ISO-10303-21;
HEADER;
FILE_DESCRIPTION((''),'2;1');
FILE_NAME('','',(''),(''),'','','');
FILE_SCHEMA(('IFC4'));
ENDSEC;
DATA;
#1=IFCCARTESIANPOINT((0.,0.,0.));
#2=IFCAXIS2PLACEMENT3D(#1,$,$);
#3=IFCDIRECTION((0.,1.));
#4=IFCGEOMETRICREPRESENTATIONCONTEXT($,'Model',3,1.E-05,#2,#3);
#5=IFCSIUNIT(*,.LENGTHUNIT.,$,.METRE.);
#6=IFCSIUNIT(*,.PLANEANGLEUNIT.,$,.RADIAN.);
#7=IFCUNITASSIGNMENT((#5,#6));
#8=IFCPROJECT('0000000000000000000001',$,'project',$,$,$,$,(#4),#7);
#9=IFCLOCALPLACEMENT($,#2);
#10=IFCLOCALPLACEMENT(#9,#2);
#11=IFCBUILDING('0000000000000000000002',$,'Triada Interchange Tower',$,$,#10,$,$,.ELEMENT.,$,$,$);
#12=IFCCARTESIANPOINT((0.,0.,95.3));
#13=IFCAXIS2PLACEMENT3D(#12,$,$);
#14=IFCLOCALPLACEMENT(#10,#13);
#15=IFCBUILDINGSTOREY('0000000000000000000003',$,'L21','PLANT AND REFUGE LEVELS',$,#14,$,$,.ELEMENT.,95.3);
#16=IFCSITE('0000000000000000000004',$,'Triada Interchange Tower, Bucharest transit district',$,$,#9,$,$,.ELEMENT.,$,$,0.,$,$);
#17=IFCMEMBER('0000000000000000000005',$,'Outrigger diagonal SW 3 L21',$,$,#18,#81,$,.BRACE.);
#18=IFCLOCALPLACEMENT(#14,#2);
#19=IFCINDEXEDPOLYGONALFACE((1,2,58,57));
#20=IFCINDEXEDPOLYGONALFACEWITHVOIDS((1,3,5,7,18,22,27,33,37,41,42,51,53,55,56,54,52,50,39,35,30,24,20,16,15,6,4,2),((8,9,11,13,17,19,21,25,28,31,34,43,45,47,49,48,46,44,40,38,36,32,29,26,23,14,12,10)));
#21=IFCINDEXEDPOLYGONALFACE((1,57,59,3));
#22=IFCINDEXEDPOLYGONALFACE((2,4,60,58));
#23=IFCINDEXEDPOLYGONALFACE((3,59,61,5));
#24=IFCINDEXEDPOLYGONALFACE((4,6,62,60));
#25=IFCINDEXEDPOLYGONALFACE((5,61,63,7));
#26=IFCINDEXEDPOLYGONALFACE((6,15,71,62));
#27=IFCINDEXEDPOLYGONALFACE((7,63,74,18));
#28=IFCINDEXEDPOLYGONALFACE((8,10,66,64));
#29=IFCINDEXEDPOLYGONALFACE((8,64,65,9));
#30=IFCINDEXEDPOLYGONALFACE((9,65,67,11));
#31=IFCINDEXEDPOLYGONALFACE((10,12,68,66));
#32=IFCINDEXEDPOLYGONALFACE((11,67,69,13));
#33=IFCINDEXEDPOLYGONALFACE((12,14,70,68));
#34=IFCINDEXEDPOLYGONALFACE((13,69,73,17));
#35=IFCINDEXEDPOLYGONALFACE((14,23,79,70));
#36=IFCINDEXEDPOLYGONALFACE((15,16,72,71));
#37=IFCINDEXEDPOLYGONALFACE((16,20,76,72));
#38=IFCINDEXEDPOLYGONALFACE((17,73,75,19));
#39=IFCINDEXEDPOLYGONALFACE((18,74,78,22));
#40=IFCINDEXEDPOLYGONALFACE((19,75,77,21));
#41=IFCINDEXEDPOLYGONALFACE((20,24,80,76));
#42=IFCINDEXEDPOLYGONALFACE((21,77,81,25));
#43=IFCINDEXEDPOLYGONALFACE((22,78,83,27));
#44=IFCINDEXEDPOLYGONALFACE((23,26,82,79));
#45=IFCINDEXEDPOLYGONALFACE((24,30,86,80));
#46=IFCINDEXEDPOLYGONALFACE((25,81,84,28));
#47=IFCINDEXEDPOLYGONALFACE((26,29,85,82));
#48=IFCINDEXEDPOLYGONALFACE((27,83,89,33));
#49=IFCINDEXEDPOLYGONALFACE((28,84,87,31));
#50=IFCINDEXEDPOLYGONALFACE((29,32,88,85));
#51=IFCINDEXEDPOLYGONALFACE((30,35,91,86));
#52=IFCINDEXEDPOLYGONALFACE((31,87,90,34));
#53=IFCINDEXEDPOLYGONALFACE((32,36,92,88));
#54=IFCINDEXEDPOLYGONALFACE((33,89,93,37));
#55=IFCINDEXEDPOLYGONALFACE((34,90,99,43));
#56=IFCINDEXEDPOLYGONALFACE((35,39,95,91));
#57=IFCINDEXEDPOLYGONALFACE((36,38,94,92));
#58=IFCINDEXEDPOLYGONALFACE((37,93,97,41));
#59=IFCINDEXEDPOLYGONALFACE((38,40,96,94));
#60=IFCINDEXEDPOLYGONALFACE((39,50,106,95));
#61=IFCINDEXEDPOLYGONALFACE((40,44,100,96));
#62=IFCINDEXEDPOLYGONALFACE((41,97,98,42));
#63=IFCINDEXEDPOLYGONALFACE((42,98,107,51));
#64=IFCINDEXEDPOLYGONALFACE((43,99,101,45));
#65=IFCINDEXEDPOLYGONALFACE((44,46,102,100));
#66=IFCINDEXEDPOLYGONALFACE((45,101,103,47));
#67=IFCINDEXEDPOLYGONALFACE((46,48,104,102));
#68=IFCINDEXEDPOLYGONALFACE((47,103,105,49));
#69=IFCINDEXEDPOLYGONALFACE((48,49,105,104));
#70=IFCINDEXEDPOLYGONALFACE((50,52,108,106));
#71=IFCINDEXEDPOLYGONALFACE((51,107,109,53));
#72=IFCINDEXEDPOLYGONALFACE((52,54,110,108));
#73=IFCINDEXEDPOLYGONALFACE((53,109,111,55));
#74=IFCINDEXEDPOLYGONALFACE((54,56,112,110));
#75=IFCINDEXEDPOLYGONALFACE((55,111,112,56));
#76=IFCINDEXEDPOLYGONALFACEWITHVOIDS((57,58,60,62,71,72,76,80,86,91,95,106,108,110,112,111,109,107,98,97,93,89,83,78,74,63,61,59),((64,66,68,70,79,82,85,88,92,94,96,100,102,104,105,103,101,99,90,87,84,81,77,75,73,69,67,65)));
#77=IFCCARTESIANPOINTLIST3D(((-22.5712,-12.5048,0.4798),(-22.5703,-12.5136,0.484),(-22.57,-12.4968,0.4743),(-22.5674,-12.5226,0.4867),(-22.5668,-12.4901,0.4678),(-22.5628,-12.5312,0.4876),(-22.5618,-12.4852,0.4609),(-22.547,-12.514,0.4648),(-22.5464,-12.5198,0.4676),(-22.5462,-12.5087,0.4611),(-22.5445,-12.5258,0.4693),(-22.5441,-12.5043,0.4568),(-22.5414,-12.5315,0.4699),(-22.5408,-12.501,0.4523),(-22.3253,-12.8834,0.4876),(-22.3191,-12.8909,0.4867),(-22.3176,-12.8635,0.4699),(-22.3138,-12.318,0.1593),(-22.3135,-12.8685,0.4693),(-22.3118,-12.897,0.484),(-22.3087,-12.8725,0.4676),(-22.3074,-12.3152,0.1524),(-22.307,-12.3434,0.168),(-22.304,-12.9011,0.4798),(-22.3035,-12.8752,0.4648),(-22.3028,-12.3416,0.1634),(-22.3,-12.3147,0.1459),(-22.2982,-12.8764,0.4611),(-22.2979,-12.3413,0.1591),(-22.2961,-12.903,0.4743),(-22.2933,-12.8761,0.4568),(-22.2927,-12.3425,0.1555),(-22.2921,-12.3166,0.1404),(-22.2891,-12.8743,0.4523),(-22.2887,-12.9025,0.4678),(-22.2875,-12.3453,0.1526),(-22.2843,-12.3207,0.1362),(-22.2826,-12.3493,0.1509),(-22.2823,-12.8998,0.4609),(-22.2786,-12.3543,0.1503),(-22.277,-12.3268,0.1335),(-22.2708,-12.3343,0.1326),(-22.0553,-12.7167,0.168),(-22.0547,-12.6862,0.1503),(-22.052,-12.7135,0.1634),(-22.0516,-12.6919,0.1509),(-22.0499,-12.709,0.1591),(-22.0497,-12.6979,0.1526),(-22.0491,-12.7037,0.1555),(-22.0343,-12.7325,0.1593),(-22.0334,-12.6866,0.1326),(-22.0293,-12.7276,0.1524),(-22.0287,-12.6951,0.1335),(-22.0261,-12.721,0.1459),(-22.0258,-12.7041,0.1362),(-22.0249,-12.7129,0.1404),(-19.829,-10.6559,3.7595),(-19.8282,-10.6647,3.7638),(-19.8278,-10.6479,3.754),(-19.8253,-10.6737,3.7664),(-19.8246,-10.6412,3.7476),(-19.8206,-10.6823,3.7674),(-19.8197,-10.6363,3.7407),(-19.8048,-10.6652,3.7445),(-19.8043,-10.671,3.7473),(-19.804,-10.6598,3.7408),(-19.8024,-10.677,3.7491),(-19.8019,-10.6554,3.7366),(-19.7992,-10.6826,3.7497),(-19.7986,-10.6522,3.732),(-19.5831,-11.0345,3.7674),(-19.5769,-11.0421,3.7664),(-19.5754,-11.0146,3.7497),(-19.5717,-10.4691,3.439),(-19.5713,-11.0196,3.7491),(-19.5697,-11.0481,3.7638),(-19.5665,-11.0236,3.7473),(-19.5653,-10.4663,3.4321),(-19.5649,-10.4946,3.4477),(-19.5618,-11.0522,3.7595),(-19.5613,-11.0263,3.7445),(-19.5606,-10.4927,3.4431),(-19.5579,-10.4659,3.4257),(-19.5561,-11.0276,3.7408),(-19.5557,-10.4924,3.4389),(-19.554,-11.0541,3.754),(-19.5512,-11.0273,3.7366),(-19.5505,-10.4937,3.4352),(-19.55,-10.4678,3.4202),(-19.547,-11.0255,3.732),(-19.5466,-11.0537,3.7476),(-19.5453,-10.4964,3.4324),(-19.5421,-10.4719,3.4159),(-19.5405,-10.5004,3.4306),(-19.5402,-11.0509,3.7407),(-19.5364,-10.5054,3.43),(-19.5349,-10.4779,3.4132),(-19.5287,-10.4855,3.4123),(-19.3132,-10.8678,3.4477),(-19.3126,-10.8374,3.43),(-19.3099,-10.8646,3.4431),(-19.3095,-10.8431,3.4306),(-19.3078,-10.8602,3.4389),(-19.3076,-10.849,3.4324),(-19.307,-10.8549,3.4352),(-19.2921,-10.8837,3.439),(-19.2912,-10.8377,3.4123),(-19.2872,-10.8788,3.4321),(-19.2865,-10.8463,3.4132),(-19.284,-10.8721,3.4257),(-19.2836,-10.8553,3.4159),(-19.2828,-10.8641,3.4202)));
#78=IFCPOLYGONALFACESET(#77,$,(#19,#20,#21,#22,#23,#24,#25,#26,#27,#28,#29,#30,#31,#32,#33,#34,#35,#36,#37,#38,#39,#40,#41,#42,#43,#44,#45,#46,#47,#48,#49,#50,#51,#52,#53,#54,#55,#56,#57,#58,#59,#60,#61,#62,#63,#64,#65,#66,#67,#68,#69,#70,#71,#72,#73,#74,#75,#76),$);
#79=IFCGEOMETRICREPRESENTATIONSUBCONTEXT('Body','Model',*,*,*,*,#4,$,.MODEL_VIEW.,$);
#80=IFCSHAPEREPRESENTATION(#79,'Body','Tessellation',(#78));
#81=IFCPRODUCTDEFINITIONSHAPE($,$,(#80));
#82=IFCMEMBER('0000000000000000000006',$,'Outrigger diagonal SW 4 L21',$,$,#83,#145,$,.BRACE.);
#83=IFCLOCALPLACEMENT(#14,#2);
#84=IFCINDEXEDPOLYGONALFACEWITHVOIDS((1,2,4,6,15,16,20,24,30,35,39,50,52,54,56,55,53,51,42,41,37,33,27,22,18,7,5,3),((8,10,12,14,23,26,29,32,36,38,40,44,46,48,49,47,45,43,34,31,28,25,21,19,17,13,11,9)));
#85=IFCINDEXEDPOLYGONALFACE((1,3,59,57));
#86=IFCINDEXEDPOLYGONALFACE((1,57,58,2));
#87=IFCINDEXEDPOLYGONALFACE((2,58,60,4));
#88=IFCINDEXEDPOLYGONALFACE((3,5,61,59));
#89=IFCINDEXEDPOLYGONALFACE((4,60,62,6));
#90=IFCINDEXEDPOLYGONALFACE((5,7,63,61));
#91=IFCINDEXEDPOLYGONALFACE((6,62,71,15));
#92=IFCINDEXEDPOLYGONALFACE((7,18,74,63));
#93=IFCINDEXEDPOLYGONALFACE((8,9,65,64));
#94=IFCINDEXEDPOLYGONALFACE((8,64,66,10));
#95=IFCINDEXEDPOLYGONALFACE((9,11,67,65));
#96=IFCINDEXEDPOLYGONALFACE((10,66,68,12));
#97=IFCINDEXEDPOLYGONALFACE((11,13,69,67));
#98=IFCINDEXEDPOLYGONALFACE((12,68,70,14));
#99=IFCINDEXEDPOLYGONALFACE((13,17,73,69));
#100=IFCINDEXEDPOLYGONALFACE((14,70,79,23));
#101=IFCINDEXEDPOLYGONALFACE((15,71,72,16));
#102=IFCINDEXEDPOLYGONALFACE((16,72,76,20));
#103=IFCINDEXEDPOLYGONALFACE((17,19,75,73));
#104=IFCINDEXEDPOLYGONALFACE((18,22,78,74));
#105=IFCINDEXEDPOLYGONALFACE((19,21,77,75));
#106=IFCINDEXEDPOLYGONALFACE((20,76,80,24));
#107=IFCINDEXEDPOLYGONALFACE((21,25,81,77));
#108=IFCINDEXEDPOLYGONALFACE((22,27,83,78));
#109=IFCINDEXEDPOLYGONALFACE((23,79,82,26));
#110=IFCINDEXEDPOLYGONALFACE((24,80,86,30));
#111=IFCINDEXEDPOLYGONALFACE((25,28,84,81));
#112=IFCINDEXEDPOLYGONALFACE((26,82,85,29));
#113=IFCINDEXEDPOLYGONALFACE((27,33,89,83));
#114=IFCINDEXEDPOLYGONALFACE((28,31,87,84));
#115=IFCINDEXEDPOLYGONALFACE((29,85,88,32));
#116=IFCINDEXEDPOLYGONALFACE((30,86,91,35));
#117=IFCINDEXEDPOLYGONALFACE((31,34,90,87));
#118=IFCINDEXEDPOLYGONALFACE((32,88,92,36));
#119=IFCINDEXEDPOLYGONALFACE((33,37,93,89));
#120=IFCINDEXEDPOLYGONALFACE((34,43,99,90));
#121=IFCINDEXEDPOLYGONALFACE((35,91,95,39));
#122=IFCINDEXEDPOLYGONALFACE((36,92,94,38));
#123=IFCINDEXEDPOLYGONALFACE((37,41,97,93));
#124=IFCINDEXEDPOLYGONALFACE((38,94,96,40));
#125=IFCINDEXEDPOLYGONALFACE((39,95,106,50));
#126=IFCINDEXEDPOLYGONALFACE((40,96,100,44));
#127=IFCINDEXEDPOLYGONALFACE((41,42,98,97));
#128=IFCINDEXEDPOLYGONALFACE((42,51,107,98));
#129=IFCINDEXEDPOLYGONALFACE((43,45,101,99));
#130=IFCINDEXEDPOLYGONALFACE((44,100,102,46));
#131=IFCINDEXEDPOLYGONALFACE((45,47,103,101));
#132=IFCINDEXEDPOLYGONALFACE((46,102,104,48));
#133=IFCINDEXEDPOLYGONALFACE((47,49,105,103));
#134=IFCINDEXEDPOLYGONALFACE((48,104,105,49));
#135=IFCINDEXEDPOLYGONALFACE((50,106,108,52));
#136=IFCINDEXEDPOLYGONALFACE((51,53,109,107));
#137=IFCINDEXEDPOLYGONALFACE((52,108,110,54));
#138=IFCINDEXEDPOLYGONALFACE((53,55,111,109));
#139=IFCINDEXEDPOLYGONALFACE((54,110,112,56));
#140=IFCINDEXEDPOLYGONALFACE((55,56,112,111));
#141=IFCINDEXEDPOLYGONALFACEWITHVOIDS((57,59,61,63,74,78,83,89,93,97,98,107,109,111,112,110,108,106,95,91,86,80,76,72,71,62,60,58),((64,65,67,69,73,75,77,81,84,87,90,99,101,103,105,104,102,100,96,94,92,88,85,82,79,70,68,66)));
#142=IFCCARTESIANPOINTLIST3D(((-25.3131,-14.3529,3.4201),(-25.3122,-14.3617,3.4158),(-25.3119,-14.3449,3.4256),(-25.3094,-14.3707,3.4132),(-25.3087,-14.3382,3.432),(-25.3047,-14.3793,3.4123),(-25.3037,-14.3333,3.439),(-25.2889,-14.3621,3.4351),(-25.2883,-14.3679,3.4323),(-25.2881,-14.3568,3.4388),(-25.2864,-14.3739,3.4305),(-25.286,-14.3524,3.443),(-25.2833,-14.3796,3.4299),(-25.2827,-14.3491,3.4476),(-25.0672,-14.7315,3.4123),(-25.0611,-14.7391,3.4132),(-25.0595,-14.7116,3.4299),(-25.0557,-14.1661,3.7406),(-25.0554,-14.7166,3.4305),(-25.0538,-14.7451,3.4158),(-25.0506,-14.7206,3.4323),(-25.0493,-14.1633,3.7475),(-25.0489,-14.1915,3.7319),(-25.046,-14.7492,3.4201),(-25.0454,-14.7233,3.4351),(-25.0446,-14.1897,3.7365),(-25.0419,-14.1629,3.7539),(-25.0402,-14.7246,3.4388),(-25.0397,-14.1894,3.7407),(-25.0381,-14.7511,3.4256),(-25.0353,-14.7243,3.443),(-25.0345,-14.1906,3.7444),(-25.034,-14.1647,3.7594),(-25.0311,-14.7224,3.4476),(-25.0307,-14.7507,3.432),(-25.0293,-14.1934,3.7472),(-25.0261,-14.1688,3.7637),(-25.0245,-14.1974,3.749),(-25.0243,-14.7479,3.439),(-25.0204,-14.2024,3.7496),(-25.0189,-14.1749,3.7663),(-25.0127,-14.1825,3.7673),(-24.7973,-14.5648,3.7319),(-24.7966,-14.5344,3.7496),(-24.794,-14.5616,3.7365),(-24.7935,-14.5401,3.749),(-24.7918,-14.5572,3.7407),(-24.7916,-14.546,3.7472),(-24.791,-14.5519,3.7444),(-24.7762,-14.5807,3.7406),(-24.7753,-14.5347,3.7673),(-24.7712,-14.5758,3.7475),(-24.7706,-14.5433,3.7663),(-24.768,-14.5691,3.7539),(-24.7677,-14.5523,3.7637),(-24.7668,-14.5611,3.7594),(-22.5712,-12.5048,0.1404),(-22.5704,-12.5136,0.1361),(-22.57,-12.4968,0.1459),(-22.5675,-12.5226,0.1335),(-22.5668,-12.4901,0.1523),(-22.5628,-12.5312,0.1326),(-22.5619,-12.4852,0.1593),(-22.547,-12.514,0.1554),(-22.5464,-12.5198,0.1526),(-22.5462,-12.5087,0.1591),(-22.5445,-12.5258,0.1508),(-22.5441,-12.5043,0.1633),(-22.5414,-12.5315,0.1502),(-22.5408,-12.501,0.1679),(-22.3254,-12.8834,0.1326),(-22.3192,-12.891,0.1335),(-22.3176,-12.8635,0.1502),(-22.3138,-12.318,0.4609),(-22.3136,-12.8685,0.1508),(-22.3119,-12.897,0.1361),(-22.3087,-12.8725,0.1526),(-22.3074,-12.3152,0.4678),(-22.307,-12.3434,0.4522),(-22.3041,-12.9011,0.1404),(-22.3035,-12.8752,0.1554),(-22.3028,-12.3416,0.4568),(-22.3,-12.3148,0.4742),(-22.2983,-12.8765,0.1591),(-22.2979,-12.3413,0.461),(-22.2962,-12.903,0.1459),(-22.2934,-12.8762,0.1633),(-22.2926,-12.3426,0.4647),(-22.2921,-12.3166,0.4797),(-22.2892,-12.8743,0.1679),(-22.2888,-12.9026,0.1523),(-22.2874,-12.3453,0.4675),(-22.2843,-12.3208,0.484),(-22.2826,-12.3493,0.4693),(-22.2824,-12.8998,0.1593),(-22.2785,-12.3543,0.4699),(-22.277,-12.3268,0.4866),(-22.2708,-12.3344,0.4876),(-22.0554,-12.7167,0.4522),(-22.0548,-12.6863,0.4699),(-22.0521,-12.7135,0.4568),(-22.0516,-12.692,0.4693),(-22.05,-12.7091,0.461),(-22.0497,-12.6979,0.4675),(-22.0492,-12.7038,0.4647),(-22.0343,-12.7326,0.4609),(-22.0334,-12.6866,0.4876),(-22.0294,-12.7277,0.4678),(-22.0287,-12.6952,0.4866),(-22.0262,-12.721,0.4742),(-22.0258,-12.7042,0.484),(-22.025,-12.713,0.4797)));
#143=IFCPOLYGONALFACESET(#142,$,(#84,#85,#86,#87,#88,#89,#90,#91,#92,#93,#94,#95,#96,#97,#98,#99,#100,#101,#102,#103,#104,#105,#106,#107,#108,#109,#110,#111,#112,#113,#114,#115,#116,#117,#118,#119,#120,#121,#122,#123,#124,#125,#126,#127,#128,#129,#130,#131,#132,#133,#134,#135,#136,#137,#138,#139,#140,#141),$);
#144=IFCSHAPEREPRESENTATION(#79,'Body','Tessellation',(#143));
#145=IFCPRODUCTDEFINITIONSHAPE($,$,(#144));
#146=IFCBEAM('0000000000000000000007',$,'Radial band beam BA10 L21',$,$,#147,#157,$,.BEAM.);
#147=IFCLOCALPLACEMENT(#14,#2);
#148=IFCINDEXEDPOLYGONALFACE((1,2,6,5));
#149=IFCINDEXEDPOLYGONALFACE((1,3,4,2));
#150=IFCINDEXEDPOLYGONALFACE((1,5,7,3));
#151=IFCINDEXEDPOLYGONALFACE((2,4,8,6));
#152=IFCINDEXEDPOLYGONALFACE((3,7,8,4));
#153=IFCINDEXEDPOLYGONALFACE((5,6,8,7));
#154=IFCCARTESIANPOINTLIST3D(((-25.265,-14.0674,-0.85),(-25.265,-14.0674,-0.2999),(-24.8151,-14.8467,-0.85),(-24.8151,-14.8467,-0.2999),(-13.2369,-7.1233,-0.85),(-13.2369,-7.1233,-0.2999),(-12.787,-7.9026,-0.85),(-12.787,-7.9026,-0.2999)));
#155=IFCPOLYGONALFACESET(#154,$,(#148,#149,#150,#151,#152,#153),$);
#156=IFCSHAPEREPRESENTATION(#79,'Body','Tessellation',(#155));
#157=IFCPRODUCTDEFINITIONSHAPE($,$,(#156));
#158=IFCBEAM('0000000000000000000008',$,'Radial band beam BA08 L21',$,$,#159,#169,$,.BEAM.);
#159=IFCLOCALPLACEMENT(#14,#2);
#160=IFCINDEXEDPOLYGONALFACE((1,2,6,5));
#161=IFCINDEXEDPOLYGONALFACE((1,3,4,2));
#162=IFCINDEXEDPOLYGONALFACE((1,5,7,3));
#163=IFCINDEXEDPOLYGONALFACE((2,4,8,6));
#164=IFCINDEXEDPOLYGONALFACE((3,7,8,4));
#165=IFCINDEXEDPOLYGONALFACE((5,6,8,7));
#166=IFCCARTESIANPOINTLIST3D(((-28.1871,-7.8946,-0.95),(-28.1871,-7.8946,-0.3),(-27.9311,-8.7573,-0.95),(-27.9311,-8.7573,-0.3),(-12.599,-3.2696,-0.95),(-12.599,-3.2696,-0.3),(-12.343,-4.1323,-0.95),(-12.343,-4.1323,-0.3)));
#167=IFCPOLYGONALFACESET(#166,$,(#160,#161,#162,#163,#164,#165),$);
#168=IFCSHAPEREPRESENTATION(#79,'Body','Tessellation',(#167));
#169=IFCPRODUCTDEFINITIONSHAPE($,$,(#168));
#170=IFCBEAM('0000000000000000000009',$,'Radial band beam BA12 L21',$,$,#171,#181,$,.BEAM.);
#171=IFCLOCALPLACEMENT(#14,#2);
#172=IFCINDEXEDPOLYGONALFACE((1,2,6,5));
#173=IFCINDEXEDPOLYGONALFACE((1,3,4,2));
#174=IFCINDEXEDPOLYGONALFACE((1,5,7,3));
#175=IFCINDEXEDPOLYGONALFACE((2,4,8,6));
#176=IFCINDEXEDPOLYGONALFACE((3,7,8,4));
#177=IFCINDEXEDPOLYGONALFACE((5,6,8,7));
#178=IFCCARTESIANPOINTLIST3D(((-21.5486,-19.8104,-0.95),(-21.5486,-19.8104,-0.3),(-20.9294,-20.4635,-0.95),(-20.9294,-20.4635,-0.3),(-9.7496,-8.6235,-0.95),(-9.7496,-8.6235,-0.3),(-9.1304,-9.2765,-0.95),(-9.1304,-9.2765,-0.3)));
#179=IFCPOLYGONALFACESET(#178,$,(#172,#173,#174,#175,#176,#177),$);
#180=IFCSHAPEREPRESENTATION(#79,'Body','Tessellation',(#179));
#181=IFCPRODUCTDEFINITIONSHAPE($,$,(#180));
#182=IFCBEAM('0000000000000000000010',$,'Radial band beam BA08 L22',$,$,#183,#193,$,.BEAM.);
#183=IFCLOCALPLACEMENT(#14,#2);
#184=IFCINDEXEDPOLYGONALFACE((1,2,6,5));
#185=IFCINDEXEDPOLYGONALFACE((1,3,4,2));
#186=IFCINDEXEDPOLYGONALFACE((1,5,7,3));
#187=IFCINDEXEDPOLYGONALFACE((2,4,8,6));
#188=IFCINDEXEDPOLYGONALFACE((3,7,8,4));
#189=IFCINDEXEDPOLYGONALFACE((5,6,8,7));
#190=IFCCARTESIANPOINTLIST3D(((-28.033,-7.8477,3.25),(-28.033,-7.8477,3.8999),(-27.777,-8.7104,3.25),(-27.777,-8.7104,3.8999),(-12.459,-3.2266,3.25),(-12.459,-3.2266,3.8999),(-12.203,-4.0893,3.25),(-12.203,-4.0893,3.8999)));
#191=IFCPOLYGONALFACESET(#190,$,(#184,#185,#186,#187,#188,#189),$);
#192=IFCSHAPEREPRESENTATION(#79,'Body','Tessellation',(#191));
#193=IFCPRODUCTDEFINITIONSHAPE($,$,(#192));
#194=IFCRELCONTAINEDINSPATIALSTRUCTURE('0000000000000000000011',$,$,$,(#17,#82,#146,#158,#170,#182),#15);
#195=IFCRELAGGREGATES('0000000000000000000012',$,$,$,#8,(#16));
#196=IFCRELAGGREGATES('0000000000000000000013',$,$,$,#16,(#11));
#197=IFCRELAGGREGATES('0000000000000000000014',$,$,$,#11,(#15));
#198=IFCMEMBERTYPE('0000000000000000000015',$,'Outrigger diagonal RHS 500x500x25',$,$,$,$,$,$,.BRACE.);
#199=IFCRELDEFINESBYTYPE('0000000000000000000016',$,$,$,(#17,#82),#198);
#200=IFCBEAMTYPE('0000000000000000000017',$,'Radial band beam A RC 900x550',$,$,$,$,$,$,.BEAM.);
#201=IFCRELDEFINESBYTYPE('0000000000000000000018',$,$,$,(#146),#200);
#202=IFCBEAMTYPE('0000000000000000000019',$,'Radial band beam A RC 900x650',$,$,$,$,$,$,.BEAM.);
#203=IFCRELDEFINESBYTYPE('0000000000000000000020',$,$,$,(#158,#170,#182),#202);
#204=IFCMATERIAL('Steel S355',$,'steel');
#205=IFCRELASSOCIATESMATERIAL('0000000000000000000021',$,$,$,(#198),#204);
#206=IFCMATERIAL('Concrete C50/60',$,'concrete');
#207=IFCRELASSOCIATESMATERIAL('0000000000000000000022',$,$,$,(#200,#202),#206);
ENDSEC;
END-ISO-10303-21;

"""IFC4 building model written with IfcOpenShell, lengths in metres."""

from ifc_helpers import new_model, si_unit, direction, frame, origin, origin_2d, place, context, subcontext, project, spatial, rectangle, hollow_rectangle, extrude, material, material_profile, profile_set, type_object, element, save


model = new_model("IFC4")

# Units and contexts
model_context = context("Model", 3, precision=1e-05, world=origin(), true_north=direction((0.0, 1.0)))
body_context = subcontext(model_context, "Body", "Model", "MODEL_VIEW")
ifc_project = project(units=[si_unit("LENGTHUNIT", "METRE"), si_unit("PLANEANGLEUNIT", "RADIAN")], contexts=[model_context])

# Site, building, storey
site_placement = place(None, origin())
site = spatial("IfcSite", under=ifc_project, at=site_placement, Name="Triada Interchange Tower, Bucharest transit district", CompositionType="ELEMENT", RefElevation=0.0)
building_placement = place(site_placement, origin())
building = spatial("IfcBuilding", under=site, at=building_placement, Name="Triada Interchange Tower", CompositionType="ELEMENT")
storey_placement = place(building_placement, frame((0.0, 0.0, 95.3)))
storey = spatial("IfcBuildingStorey", under=building, at=storey_placement, Name="L21", Description="PLANT AND REFUGE LEVELS", CompositionType="ELEMENT", Elevation=95.3)

# Members
ifc_material_1 = material(Name="Steel S355", Category="steel")
ifc_material_profile_1 = material_profile(ifc_material_1, hollow_rectangle(XDim=0.5, YDim=0.5, WallThickness=0.0249, InnerFilletRadius=0.0249, OuterFilletRadius=0.0376, at=origin_2d()), Name="RHS 500x500x25")
ifc_profile_set_1 = profile_set([ifc_material_profile_1], Name="Steel S355")
member_type_1 = type_object("IfcMemberType", Name="Outrigger diagonal RHS 500x500x25", PredefinedType="BRACE", material=ifc_profile_set_1)
member_1_placement = place(storey_placement, frame((-19.5559, -10.76, 3.5898), z_axis=(-0.588733, -0.396944, -0.704152), x_axis=(0.559037, -0.829143, 0.0)))
element("IfcMember", 1, at=member_1_placement, inside=storey, type_object=member_type_1, Name="Outrigger diagonal SW 3 L21", PredefinedType="BRACE", context=body_context, shape_type="SweptSolid", body=[
    extrude(hollow_rectangle(XDim=0.5, YDim=0.5, WallThickness=0.0249, InnerFilletRadius=0.0249, OuterFilletRadius=0.0376, at=origin_2d()), origin(), (0.0, 0.0, 1.0), 4.6577),
])
member_2_placement = place(storey_placement, frame((-22.2981, -12.6089, 0.3101), z_axis=(-0.588735, -0.396823, 0.704217), x_axis=(0.558919, -0.829223, 0.0)))
element("IfcMember", 2, at=member_2_placement, inside=storey, type_object=member_type_1, Name="Outrigger diagonal SW 4 L21", PredefinedType="BRACE", context=body_context, shape_type="SweptSolid", body=[
    extrude(hollow_rectangle(XDim=0.5, YDim=0.5, WallThickness=0.0249, InnerFilletRadius=0.0249, OuterFilletRadius=0.0376, at=origin_2d()), origin(), (0.0, 0.0, 1.0), 4.6572),
])

# Beams
ifc_material_2 = material(Name="Concrete C50/60", Category="concrete")
ifc_material_profile_2 = material_profile(ifc_material_2, rectangle(XDim=0.8999, YDim=0.55, at=origin_2d()), Name="RC 900x550")
ifc_profile_set_2 = profile_set([ifc_material_profile_2], Name="Concrete C50/60")
beam_type_1 = type_object("IfcBeamType", Name="Radial band beam A RC 900x550", PredefinedType="BEAM", material=ifc_profile_set_2)
beam_1_placement = place(storey_placement, frame((-25.04, -14.457, -0.575), z_axis=(0.866035, 0.499983, 0.0), x_axis=(-0.499983, 0.866035, 0.0)))
element("IfcBeam", 3, at=beam_1_placement, inside=storey, type_object=beam_type_1, Name="Radial band beam BA10 L21", PredefinedType="BEAM", context=body_context, shape_type="SweptSolid", body=[
    extrude(rectangle(XDim=0.8999, YDim=0.55, at=origin_2d()), origin(), (0.0, 0.0, 1.0), 13.8887),
])
ifc_material_profile_3 = material_profile(ifc_material_2, rectangle(XDim=0.8999, YDim=0.6499, at=origin_2d()), Name="RC 900x650")
ifc_profile_set_3 = profile_set([ifc_material_profile_3], Name="Concrete C50/60")
beam_type_2 = type_object("IfcBeamType", Name="Radial band beam A RC 900x650", PredefinedType="BEAM", material=ifc_profile_set_3)
beam_2_placement = place(storey_placement, frame((-28.0591, -8.3259, -0.625), z_axis=(0.958693, 0.284444, 0.0), x_axis=(-0.284444, 0.958693, 0.0)))
element("IfcBeam", 4, at=beam_2_placement, inside=storey, type_object=beam_type_2, Name="Radial band beam BA08 L21", PredefinedType="BEAM", context=body_context, shape_type="SweptSolid", body=[
    extrude(rectangle(XDim=0.8999, YDim=0.6499, at=origin_2d()), origin(), (0.0, 0.0, 1.0), 16.2598),
])
beam_3_placement = place(storey_placement, frame((-21.239, -20.137, -0.625), z_axis=(0.725678, 0.688034, 0.0), x_axis=(-0.688034, 0.725678, 0.0)))
element("IfcBeam", 5, at=beam_3_placement, inside=storey, type_object=beam_type_2, Name="Radial band beam BA12 L21", PredefinedType="BEAM", context=body_context, shape_type="SweptSolid", body=[
    extrude(rectangle(XDim=0.8999, YDim=0.6499, at=origin_2d()), origin(), (0.0, 0.0, 1.0), 16.2593),
])
beam_4_placement = place(storey_placement, frame((-27.905, -8.2791, 3.575), z_axis=(0.958688, 0.284461, 0.0), x_axis=(-0.284461, 0.958688, 0.0)))
element("IfcBeam", 6, at=beam_4_placement, inside=storey, type_object=beam_type_2, Name="Radial band beam BA08 L22", PredefinedType="BEAM", context=body_context, shape_type="SweptSolid", body=[
    extrude(rectangle(XDim=0.8999, YDim=0.6499, at=origin_2d()), origin(), (0.0, 0.0, 1.0), 16.2451),
])

save(model, "model.ifc")
